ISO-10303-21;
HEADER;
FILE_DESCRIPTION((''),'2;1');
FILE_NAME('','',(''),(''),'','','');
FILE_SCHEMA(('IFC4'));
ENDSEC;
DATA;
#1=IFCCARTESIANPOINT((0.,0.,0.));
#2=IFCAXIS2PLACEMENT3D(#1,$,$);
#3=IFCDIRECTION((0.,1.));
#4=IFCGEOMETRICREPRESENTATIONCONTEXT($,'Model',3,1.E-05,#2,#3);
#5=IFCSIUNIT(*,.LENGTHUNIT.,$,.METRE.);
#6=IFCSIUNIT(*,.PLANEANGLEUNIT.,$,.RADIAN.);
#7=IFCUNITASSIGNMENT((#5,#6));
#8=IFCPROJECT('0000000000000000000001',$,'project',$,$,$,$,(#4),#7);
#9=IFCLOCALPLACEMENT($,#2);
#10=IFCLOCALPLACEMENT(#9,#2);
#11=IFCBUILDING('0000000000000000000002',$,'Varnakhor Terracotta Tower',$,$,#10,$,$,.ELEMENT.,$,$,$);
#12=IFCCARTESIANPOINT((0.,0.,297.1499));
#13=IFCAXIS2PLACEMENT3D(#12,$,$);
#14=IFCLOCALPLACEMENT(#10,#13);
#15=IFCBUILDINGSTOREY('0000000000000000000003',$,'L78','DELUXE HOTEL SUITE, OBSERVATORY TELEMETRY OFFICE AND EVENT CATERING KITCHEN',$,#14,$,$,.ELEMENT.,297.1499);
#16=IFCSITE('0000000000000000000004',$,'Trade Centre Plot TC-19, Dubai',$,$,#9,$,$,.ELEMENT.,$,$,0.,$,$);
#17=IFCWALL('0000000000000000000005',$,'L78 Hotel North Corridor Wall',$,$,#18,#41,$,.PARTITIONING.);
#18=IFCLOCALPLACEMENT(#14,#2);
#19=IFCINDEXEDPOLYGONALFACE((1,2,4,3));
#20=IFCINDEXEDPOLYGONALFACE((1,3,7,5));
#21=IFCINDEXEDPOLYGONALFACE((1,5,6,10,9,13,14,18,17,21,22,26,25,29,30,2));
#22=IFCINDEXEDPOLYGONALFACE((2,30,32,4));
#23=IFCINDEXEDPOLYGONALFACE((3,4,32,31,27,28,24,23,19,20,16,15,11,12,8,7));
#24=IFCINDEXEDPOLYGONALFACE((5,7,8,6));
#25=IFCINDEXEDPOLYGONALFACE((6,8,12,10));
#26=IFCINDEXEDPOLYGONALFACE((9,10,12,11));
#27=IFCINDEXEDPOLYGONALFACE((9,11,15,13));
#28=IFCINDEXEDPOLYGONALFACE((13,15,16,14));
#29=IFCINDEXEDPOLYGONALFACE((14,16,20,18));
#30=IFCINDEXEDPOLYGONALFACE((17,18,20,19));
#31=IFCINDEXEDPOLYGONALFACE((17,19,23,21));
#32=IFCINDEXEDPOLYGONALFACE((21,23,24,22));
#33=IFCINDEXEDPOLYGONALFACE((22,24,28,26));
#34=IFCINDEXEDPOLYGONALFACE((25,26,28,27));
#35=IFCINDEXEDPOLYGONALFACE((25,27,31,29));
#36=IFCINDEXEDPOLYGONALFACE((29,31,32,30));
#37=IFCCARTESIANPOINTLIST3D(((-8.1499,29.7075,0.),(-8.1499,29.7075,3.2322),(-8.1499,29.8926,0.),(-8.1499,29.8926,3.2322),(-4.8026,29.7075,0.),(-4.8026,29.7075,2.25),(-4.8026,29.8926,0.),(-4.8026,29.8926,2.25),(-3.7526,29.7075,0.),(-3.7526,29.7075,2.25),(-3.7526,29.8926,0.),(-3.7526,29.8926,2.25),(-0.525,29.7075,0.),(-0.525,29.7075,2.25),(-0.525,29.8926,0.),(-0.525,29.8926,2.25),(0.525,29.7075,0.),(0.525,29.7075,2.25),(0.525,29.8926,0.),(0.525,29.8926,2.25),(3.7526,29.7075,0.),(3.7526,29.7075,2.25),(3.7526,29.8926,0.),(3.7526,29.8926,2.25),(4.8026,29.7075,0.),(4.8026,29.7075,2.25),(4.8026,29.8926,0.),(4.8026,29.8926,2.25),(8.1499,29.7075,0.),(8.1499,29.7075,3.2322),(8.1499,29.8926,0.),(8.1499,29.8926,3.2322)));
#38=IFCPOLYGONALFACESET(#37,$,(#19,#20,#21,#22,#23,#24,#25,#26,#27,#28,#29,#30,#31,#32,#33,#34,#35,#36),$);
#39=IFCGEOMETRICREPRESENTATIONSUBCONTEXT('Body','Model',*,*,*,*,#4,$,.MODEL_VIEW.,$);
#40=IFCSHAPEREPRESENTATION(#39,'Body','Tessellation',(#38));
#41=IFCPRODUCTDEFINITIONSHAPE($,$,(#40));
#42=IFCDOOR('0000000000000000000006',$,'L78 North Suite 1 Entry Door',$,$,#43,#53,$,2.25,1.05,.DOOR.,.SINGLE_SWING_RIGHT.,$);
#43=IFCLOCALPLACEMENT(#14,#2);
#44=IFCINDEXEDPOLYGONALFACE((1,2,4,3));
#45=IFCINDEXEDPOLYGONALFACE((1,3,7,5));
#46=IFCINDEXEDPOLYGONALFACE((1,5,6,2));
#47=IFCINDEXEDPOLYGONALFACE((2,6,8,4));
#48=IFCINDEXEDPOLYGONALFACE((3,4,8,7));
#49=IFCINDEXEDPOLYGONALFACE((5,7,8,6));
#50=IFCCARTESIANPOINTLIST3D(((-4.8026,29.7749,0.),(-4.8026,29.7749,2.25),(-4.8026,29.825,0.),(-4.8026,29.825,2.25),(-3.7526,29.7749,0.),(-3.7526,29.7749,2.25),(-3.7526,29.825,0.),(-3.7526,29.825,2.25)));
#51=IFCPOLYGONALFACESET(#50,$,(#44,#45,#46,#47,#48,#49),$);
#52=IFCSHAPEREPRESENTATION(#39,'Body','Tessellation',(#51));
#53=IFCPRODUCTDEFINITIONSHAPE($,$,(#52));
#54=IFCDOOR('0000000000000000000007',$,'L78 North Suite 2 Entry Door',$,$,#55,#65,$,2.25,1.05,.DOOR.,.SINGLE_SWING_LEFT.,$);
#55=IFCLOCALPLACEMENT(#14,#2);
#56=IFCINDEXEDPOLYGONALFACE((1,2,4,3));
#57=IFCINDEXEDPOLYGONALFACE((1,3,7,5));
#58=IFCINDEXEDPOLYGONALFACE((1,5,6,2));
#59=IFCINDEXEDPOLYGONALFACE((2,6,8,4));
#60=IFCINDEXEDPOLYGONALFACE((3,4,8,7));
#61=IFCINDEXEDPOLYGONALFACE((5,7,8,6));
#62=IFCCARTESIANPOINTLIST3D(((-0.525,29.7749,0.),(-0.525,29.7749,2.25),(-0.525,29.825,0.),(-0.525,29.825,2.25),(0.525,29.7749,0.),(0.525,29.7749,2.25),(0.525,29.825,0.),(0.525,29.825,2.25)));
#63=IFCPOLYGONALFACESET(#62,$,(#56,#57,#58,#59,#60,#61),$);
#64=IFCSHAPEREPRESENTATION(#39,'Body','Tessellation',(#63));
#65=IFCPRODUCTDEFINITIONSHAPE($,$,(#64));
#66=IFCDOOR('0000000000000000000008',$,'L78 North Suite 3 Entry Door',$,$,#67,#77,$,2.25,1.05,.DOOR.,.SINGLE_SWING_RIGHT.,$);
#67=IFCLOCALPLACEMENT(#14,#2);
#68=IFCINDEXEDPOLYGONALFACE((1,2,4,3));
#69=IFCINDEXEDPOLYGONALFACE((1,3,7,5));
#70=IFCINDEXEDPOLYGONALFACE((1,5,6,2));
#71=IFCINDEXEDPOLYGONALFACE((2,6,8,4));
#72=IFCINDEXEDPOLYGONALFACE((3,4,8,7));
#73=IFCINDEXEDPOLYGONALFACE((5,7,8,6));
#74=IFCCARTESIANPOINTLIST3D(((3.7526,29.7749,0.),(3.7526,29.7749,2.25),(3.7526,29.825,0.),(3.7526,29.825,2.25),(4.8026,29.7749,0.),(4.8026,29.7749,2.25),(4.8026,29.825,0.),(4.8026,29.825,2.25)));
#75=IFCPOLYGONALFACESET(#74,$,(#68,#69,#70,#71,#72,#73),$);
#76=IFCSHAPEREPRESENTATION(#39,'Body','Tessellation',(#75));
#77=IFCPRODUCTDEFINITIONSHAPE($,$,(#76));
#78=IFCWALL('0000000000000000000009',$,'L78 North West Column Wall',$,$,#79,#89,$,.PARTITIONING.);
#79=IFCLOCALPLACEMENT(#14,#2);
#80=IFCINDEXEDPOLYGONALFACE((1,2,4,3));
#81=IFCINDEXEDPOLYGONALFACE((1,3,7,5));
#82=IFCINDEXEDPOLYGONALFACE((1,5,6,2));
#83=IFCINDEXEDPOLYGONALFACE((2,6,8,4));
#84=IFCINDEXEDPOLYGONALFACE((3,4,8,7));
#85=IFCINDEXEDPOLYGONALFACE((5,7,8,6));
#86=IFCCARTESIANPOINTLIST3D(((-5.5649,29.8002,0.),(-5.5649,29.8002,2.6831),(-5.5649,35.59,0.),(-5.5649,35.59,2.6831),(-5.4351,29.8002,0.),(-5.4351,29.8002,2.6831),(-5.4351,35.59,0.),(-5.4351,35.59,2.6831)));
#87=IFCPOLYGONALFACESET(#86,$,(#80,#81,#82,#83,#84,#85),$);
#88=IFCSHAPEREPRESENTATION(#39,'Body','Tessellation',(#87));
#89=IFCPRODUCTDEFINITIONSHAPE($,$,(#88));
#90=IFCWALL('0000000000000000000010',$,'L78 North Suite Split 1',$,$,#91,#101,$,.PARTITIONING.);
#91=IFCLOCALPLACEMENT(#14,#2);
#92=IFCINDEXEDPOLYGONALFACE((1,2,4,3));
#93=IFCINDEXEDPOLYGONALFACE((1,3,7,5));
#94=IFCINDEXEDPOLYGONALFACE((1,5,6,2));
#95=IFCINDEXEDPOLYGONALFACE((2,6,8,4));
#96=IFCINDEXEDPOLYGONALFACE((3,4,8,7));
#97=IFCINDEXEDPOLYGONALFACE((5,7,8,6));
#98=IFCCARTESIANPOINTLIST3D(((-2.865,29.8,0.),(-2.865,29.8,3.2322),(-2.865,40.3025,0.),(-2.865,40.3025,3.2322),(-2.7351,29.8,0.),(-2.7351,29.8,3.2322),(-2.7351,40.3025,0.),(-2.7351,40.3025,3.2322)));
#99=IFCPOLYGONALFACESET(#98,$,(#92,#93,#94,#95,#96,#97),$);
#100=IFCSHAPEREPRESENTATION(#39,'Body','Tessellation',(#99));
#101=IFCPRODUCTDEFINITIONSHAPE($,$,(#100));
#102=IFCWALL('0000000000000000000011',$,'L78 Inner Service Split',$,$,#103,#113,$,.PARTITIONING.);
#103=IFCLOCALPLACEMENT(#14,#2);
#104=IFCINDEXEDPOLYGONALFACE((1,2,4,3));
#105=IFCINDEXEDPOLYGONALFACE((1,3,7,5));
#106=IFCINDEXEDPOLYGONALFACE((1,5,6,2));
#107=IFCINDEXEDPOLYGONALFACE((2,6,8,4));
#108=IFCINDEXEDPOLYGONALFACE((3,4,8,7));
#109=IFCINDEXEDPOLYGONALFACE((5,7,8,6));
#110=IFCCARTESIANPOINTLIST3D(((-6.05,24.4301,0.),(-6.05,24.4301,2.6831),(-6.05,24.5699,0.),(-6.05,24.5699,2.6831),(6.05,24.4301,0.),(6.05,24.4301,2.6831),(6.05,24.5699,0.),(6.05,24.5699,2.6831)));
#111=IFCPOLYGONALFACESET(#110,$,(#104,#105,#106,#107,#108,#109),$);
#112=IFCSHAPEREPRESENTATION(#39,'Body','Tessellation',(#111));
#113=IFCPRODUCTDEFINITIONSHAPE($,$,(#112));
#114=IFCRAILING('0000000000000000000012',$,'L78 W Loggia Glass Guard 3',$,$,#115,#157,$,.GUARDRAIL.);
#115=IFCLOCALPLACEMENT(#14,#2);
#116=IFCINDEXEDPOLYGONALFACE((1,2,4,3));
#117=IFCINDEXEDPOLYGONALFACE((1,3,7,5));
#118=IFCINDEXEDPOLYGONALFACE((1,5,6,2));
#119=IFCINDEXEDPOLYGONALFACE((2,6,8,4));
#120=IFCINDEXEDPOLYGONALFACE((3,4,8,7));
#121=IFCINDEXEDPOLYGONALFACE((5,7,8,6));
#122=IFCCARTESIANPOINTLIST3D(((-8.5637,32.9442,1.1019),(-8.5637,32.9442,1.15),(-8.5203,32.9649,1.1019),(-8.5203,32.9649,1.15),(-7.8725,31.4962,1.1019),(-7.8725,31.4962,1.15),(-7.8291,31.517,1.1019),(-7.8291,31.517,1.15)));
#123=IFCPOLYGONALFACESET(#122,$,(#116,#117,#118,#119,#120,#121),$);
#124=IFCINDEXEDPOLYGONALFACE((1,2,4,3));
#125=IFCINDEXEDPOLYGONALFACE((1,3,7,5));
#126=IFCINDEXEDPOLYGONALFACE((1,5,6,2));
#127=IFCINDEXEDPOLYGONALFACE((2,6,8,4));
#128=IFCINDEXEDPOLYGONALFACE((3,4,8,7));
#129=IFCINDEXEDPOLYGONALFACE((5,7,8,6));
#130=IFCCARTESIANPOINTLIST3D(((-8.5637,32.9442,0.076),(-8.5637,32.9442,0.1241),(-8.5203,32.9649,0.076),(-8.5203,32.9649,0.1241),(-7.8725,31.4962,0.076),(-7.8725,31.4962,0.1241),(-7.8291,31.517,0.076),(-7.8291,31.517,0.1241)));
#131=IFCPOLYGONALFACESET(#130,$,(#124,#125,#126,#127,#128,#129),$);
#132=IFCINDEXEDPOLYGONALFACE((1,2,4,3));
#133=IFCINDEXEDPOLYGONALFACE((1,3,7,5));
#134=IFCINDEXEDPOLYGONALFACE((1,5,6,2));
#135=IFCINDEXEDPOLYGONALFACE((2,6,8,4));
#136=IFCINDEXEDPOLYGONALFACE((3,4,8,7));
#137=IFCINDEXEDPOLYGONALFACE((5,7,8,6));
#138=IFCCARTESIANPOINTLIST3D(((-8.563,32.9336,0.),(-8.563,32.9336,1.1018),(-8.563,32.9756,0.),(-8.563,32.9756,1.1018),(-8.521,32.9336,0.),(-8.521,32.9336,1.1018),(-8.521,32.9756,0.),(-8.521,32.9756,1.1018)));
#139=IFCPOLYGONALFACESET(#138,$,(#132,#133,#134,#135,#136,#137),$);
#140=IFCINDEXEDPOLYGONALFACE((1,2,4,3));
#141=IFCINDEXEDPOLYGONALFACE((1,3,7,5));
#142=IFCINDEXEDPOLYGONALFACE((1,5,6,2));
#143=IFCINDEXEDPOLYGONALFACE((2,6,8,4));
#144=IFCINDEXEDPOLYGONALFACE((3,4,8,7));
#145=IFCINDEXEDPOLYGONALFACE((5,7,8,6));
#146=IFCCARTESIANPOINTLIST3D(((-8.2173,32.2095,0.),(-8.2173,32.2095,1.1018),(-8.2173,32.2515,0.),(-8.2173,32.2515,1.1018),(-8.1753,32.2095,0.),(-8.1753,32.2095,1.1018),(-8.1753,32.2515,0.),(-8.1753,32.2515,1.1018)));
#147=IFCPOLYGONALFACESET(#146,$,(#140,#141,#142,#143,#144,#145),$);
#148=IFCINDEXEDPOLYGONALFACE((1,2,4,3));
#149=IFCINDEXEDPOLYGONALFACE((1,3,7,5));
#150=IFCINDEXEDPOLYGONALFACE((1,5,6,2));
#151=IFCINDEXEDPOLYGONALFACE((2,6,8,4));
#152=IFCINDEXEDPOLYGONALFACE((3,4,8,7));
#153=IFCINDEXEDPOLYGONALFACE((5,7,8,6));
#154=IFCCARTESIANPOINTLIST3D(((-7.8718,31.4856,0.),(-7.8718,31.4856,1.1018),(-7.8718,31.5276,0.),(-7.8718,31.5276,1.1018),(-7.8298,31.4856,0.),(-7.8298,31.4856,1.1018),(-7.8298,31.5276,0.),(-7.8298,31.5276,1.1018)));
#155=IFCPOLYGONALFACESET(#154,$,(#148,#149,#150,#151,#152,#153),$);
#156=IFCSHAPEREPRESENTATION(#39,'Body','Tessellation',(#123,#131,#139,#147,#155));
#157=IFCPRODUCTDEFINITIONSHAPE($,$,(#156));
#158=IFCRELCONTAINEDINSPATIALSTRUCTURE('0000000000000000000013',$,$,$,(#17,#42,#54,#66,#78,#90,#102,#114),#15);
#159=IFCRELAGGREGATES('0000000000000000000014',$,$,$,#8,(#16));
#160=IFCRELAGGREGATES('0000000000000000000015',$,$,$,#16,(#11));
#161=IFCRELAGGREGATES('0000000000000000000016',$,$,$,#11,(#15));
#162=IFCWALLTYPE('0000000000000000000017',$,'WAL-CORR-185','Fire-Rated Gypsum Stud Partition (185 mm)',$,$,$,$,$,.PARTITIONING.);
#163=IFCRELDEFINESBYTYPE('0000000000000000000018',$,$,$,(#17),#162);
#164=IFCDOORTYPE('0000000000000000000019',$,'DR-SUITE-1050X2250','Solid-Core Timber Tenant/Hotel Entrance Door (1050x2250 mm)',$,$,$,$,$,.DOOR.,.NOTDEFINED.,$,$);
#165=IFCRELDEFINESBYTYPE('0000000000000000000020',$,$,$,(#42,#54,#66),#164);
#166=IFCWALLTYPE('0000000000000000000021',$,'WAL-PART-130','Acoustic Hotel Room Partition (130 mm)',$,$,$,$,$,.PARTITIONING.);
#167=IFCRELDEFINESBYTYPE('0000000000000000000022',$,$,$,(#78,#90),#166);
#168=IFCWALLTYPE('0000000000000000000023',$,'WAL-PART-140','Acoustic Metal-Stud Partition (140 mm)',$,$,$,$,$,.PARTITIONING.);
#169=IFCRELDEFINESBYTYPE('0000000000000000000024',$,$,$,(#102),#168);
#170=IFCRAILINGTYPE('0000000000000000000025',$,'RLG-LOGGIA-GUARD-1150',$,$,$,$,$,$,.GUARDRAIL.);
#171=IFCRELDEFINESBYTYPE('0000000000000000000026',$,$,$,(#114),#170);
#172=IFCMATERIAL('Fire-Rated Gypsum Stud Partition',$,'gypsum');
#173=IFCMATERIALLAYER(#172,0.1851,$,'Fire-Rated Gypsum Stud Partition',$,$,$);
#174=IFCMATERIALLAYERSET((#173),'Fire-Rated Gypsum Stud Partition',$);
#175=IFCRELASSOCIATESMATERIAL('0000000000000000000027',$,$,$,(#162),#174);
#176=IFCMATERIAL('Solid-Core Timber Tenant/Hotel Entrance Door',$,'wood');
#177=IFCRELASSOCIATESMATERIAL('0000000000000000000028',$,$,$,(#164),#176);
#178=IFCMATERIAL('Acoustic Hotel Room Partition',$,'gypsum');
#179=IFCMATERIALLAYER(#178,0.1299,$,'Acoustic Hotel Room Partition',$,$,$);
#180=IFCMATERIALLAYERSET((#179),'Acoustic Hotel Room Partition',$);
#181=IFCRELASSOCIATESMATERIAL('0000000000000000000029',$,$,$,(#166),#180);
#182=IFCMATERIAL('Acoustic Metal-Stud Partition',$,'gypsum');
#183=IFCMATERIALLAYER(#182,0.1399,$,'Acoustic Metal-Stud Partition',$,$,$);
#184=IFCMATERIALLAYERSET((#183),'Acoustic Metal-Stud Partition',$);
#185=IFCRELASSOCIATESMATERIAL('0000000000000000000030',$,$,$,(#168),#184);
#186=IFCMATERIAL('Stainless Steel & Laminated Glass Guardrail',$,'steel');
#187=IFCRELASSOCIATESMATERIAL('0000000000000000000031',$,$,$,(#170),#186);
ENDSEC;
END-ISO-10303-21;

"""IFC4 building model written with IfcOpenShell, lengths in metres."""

from ifc_helpers import new_model, si_unit, direction, frame, frame_2d, origin, origin_2d, place, context, subcontext, project, spatial, rectangle, extrude, source, transform, mapped, material, layer, layer_set, type_object, type_shapes, element, fill, save


model = new_model("IFC4")

# Units and contexts
model_context = context("Model", 3, precision=1e-05, world=origin(), true_north=direction((0.0, 1.0)))
body_context = subcontext(model_context, "Body", "Model", "MODEL_VIEW")
ifc_project = project(units=[si_unit("LENGTHUNIT", "METRE"), si_unit("PLANEANGLEUNIT", "RADIAN")], contexts=[model_context])

# Site, building, storey
site_placement = place(None, origin())
site = spatial("IfcSite", under=ifc_project, at=site_placement, Name="Trade Centre Plot TC-19, Dubai", CompositionType="ELEMENT", RefElevation=0.0)
building_placement = place(site_placement, origin())
building = spatial("IfcBuilding", under=site, at=building_placement, Name="Varnakhor Terracotta Tower", CompositionType="ELEMENT")
storey_placement = place(building_placement, frame((0.0, 0.0, 297.1499)))
storey = spatial("IfcBuildingStorey", under=building, at=storey_placement, Name="L78", Description="DELUXE HOTEL SUITE, OBSERVATORY TELEMETRY OFFICE AND EVENT CATERING KITCHEN", CompositionType="ELEMENT", Elevation=297.1499)

# Shared definitions
ifc_material_1 = material(Name="Fire-Rated Gypsum Stud Partition", Category="gypsum")
ifc_layer_1 = layer(ifc_material_1, 0.1851, Name="Fire-Rated Gypsum Stud Partition")
ifc_layer_set_1 = layer_set([ifc_layer_1], Name="Fire-Rated Gypsum Stud Partition")
wall_type_1 = type_object("IfcWallType", Name="WAL-CORR-185", Description="Fire-Rated Gypsum Stud Partition (185 mm)", PredefinedType="PARTITIONING", material=ifc_layer_set_1)

# Wall, openings, doors
wall_1_placement = place(storey_placement, frame((-8.1499, 29.8, 0.0), z_axis=(0.0, 0.0, 1.0), x_axis=(1.0, 0.0, 0.0)))
wall_1 = element("IfcWall", 1, at=wall_1_placement, inside=storey, type_object=wall_type_1, Name="L78 Hotel North Corridor Wall", PredefinedType="PARTITIONING", context=body_context, shape_type="SweptSolid", body=[
    extrude(rectangle(XDim=16.2998, YDim=0.1851, at=frame_2d((8.1499, 0.0))), origin(), (0.0, 0.0, 1.0), 3.2322),
])
opening_1_placement = place(wall_1_placement, frame((3.3474, 0.0, 0.0)))
opening_1 = element("IfcOpeningElement", 2, at=opening_1_placement, cuts=wall_1, PredefinedType="OPENING", context=body_context, shape_type="SweptSolid", body=[
    extrude(rectangle(XDim=1.05, YDim=2.25, at=frame_2d((0.5249, 1.125))), frame((0.0, 0.1025, 0.0), z_axis=(0.0, -1.0, 0.0), x_axis=(1.0, 0.0, 0.0)), (0.0, 0.0, 1.0), 0.2051),
])
opening_2_placement = place(wall_1_placement, frame((7.625, 0.0, 0.0)))
opening_2 = element("IfcOpeningElement", 3, at=opening_2_placement, cuts=wall_1, PredefinedType="OPENING", context=body_context, shape_type="SweptSolid", body=[
    extrude(rectangle(XDim=1.05, YDim=2.25, at=frame_2d((0.5249, 1.125))), frame((0.0, 0.1025, 0.0), z_axis=(0.0, -1.0, 0.0), x_axis=(1.0, 0.0, 0.0)), (0.0, 0.0, 1.0), 0.2051),
])
opening_3_placement = place(wall_1_placement, frame((11.9026, 0.0, 0.0)))
opening_3 = element("IfcOpeningElement", 4, at=opening_3_placement, cuts=wall_1, PredefinedType="OPENING", context=body_context, shape_type="SweptSolid", body=[
    extrude(rectangle(XDim=1.05, YDim=2.25, at=frame_2d((0.5249, 1.125))), frame((0.0, 0.1025, 0.0), z_axis=(0.0, -1.0, 0.0), x_axis=(1.0, 0.0, 0.0)), (0.0, 0.0, 1.0), 0.2051),
])
ifc_material_2 = material(Name="Solid-Core Timber Tenant/Hotel Entrance Door", Category="wood")
door_type_1 = type_object("IfcDoorType", Name="DR-SUITE-1050X2250", Description="Solid-Core Timber Tenant/Hotel Entrance Door (1050x2250 mm)", OperationType="NOTDEFINED", PredefinedType="DOOR", material=ifc_material_2)
shared_shape_1 = source(origin(), body_context, "Body", "SweptSolid", [
    extrude(rectangle(XDim=1.05, YDim=2.25, at=frame_2d((0.5249, 1.125))), frame((0.0, 0.0249, 0.0), z_axis=(0.0, -1.0, 0.0), x_axis=(1.0, 0.0, 0.0)), (0.0, 0.0, 1.0), 0.05),
])
type_shapes(door_type_1, [shared_shape_1])
door_1_placement = place(opening_1_placement, origin())
door_1 = element("IfcDoor", 5, at=door_1_placement, inside=storey, type_object=door_type_1, Name="L78 North Suite 1 Entry Door", OperationType="SINGLE_SWING_RIGHT", OverallHeight=2.25, OverallWidth=1.05, PredefinedType="DOOR", context=body_context, shape_type="MappedRepresentation", body=[
    mapped(shared_shape_1, transform((0.0, 0.0, 0.0), scale=1.0)),
])
fill(opening_1, door_1)
door_2_placement = place(opening_2_placement, origin())
door_2 = element("IfcDoor", 6, at=door_2_placement, inside=storey, type_object=door_type_1, Name="L78 North Suite 2 Entry Door", OperationType="SINGLE_SWING_LEFT", OverallHeight=2.25, OverallWidth=1.05, PredefinedType="DOOR", context=body_context, shape_type="MappedRepresentation", body=[
    mapped(shared_shape_1, transform((0.0, 0.0, 0.0), scale=1.0)),
])
fill(opening_2, door_2)
door_3_placement = place(opening_3_placement, origin())
door_3 = element("IfcDoor", 7, at=door_3_placement, inside=storey, type_object=door_type_1, Name="L78 North Suite 3 Entry Door", OperationType="SINGLE_SWING_RIGHT", OverallHeight=2.25, OverallWidth=1.05, PredefinedType="DOOR", context=body_context, shape_type="MappedRepresentation", body=[
    mapped(shared_shape_1, transform((0.0, 0.0, 0.0), scale=1.0)),
])
fill(opening_3, door_3)

# Walls
ifc_material_3 = material(Name="Acoustic Hotel Room Partition", Category="gypsum")
ifc_layer_2 = layer(ifc_material_3, 0.1299, Name="Acoustic Hotel Room Partition")
ifc_layer_set_2 = layer_set([ifc_layer_2], Name="Acoustic Hotel Room Partition")
wall_type_2 = type_object("IfcWallType", Name="WAL-PART-130", Description="Acoustic Hotel Room Partition (130 mm)", PredefinedType="PARTITIONING", material=ifc_layer_set_2)
wall_2_placement = place(storey_placement, frame((-5.5, 29.8, 0.0), z_axis=(0.0, 0.0, 1.0), x_axis=(0.0, 1.0, 0.0)))
element("IfcWall", 8, at=wall_2_placement, inside=storey, type_object=wall_type_2, Name="L78 North West Column Wall", PredefinedType="PARTITIONING", context=body_context, shape_type="SweptSolid", body=[
    extrude(rectangle(XDim=5.7898, YDim=0.1299, at=frame_2d((2.895, 0.0))), origin(), (0.0, 0.0, 1.0), 2.6831),
])
wall_3_placement = place(storey_placement, frame((-2.8, 29.8, 0.0), z_axis=(0.0, 0.0, 1.0), x_axis=(0.0, 1.0, 0.0)))
element("IfcWall", 9, at=wall_3_placement, inside=storey, type_object=wall_type_2, Name="L78 North Suite Split 1", PredefinedType="PARTITIONING", context=body_context, shape_type="SweptSolid", body=[
    extrude(rectangle(XDim=10.5024, YDim=0.1299, at=frame_2d((5.2512, 0.0))), origin(), (0.0, 0.0, 1.0), 3.2322),
])
ifc_material_4 = material(Name="Acoustic Metal-Stud Partition", Category="gypsum")
ifc_layer_3 = layer(ifc_material_4, 0.1399, Name="Acoustic Metal-Stud Partition")
ifc_layer_set_3 = layer_set([ifc_layer_3], Name="Acoustic Metal-Stud Partition")
wall_type_3 = type_object("IfcWallType", Name="WAL-PART-140", Description="Acoustic Metal-Stud Partition (140 mm)", PredefinedType="PARTITIONING", material=ifc_layer_set_3)
wall_4_placement = place(storey_placement, frame((-6.05, 24.5, 0.0), z_axis=(0.0, 0.0, 1.0), x_axis=(1.0, 0.0, 0.0)))
element("IfcWall", 10, at=wall_4_placement, inside=storey, type_object=wall_type_3, Name="L78 Inner Service Split", PredefinedType="PARTITIONING", context=body_context, shape_type="SweptSolid", body=[
    extrude(rectangle(XDim=12.1001, YDim=0.1399, at=frame_2d((6.05, 0.0))), origin(), (0.0, 0.0, 1.0), 2.6831),
])

# Railing
ifc_material_5 = material(Name="Stainless Steel & Laminated Glass Guardrail", Category="steel")
railing_type = type_object("IfcRailingType", Name="RLG-LOGGIA-GUARD-1150", PredefinedType="GUARDRAIL", material=ifc_material_5)
railing_placement = place(storey_placement, frame((-8.542, 32.9546, 0.0)))
element("IfcRailing", 11, at=railing_placement, inside=storey, type_object=railing_type, Name="L78 W Loggia Glass Guard 3", PredefinedType="GUARDRAIL", context=body_context, shape_type="SweptSolid", body=[
    extrude(rectangle(XDim=0.0481, YDim=0.0481, at=origin_2d()), frame((0.0, 0.0, 1.126), z_axis=(0.430766, -0.902464, 0.0), x_axis=(0.902464, 0.430766, 0.0)), (0.0, 0.0, 1.0), 1.6045),
    extrude(rectangle(XDim=0.0481, YDim=0.0481, at=origin_2d()), frame((0.0, 0.0, 0.1001), z_axis=(0.430766, -0.902464, 0.0), x_axis=(0.902464, 0.430766, 0.0)), (0.0, 0.0, 1.0), 1.6045),
    extrude(rectangle(XDim=0.042, YDim=0.042, at=origin_2d()), origin(), (0.0, 0.0, 1.0), 1.1018),
    extrude(rectangle(XDim=0.042, YDim=0.042, at=origin_2d()), frame((0.3457, -0.7241, 0.0)), (0.0, 0.0, 1.0), 1.1018),
    extrude(rectangle(XDim=0.042, YDim=0.042, at=origin_2d()), frame((0.6912, -1.448, 0.0)), (0.0, 0.0, 1.0), 1.1018),
])

save(model, "model.ifc")
